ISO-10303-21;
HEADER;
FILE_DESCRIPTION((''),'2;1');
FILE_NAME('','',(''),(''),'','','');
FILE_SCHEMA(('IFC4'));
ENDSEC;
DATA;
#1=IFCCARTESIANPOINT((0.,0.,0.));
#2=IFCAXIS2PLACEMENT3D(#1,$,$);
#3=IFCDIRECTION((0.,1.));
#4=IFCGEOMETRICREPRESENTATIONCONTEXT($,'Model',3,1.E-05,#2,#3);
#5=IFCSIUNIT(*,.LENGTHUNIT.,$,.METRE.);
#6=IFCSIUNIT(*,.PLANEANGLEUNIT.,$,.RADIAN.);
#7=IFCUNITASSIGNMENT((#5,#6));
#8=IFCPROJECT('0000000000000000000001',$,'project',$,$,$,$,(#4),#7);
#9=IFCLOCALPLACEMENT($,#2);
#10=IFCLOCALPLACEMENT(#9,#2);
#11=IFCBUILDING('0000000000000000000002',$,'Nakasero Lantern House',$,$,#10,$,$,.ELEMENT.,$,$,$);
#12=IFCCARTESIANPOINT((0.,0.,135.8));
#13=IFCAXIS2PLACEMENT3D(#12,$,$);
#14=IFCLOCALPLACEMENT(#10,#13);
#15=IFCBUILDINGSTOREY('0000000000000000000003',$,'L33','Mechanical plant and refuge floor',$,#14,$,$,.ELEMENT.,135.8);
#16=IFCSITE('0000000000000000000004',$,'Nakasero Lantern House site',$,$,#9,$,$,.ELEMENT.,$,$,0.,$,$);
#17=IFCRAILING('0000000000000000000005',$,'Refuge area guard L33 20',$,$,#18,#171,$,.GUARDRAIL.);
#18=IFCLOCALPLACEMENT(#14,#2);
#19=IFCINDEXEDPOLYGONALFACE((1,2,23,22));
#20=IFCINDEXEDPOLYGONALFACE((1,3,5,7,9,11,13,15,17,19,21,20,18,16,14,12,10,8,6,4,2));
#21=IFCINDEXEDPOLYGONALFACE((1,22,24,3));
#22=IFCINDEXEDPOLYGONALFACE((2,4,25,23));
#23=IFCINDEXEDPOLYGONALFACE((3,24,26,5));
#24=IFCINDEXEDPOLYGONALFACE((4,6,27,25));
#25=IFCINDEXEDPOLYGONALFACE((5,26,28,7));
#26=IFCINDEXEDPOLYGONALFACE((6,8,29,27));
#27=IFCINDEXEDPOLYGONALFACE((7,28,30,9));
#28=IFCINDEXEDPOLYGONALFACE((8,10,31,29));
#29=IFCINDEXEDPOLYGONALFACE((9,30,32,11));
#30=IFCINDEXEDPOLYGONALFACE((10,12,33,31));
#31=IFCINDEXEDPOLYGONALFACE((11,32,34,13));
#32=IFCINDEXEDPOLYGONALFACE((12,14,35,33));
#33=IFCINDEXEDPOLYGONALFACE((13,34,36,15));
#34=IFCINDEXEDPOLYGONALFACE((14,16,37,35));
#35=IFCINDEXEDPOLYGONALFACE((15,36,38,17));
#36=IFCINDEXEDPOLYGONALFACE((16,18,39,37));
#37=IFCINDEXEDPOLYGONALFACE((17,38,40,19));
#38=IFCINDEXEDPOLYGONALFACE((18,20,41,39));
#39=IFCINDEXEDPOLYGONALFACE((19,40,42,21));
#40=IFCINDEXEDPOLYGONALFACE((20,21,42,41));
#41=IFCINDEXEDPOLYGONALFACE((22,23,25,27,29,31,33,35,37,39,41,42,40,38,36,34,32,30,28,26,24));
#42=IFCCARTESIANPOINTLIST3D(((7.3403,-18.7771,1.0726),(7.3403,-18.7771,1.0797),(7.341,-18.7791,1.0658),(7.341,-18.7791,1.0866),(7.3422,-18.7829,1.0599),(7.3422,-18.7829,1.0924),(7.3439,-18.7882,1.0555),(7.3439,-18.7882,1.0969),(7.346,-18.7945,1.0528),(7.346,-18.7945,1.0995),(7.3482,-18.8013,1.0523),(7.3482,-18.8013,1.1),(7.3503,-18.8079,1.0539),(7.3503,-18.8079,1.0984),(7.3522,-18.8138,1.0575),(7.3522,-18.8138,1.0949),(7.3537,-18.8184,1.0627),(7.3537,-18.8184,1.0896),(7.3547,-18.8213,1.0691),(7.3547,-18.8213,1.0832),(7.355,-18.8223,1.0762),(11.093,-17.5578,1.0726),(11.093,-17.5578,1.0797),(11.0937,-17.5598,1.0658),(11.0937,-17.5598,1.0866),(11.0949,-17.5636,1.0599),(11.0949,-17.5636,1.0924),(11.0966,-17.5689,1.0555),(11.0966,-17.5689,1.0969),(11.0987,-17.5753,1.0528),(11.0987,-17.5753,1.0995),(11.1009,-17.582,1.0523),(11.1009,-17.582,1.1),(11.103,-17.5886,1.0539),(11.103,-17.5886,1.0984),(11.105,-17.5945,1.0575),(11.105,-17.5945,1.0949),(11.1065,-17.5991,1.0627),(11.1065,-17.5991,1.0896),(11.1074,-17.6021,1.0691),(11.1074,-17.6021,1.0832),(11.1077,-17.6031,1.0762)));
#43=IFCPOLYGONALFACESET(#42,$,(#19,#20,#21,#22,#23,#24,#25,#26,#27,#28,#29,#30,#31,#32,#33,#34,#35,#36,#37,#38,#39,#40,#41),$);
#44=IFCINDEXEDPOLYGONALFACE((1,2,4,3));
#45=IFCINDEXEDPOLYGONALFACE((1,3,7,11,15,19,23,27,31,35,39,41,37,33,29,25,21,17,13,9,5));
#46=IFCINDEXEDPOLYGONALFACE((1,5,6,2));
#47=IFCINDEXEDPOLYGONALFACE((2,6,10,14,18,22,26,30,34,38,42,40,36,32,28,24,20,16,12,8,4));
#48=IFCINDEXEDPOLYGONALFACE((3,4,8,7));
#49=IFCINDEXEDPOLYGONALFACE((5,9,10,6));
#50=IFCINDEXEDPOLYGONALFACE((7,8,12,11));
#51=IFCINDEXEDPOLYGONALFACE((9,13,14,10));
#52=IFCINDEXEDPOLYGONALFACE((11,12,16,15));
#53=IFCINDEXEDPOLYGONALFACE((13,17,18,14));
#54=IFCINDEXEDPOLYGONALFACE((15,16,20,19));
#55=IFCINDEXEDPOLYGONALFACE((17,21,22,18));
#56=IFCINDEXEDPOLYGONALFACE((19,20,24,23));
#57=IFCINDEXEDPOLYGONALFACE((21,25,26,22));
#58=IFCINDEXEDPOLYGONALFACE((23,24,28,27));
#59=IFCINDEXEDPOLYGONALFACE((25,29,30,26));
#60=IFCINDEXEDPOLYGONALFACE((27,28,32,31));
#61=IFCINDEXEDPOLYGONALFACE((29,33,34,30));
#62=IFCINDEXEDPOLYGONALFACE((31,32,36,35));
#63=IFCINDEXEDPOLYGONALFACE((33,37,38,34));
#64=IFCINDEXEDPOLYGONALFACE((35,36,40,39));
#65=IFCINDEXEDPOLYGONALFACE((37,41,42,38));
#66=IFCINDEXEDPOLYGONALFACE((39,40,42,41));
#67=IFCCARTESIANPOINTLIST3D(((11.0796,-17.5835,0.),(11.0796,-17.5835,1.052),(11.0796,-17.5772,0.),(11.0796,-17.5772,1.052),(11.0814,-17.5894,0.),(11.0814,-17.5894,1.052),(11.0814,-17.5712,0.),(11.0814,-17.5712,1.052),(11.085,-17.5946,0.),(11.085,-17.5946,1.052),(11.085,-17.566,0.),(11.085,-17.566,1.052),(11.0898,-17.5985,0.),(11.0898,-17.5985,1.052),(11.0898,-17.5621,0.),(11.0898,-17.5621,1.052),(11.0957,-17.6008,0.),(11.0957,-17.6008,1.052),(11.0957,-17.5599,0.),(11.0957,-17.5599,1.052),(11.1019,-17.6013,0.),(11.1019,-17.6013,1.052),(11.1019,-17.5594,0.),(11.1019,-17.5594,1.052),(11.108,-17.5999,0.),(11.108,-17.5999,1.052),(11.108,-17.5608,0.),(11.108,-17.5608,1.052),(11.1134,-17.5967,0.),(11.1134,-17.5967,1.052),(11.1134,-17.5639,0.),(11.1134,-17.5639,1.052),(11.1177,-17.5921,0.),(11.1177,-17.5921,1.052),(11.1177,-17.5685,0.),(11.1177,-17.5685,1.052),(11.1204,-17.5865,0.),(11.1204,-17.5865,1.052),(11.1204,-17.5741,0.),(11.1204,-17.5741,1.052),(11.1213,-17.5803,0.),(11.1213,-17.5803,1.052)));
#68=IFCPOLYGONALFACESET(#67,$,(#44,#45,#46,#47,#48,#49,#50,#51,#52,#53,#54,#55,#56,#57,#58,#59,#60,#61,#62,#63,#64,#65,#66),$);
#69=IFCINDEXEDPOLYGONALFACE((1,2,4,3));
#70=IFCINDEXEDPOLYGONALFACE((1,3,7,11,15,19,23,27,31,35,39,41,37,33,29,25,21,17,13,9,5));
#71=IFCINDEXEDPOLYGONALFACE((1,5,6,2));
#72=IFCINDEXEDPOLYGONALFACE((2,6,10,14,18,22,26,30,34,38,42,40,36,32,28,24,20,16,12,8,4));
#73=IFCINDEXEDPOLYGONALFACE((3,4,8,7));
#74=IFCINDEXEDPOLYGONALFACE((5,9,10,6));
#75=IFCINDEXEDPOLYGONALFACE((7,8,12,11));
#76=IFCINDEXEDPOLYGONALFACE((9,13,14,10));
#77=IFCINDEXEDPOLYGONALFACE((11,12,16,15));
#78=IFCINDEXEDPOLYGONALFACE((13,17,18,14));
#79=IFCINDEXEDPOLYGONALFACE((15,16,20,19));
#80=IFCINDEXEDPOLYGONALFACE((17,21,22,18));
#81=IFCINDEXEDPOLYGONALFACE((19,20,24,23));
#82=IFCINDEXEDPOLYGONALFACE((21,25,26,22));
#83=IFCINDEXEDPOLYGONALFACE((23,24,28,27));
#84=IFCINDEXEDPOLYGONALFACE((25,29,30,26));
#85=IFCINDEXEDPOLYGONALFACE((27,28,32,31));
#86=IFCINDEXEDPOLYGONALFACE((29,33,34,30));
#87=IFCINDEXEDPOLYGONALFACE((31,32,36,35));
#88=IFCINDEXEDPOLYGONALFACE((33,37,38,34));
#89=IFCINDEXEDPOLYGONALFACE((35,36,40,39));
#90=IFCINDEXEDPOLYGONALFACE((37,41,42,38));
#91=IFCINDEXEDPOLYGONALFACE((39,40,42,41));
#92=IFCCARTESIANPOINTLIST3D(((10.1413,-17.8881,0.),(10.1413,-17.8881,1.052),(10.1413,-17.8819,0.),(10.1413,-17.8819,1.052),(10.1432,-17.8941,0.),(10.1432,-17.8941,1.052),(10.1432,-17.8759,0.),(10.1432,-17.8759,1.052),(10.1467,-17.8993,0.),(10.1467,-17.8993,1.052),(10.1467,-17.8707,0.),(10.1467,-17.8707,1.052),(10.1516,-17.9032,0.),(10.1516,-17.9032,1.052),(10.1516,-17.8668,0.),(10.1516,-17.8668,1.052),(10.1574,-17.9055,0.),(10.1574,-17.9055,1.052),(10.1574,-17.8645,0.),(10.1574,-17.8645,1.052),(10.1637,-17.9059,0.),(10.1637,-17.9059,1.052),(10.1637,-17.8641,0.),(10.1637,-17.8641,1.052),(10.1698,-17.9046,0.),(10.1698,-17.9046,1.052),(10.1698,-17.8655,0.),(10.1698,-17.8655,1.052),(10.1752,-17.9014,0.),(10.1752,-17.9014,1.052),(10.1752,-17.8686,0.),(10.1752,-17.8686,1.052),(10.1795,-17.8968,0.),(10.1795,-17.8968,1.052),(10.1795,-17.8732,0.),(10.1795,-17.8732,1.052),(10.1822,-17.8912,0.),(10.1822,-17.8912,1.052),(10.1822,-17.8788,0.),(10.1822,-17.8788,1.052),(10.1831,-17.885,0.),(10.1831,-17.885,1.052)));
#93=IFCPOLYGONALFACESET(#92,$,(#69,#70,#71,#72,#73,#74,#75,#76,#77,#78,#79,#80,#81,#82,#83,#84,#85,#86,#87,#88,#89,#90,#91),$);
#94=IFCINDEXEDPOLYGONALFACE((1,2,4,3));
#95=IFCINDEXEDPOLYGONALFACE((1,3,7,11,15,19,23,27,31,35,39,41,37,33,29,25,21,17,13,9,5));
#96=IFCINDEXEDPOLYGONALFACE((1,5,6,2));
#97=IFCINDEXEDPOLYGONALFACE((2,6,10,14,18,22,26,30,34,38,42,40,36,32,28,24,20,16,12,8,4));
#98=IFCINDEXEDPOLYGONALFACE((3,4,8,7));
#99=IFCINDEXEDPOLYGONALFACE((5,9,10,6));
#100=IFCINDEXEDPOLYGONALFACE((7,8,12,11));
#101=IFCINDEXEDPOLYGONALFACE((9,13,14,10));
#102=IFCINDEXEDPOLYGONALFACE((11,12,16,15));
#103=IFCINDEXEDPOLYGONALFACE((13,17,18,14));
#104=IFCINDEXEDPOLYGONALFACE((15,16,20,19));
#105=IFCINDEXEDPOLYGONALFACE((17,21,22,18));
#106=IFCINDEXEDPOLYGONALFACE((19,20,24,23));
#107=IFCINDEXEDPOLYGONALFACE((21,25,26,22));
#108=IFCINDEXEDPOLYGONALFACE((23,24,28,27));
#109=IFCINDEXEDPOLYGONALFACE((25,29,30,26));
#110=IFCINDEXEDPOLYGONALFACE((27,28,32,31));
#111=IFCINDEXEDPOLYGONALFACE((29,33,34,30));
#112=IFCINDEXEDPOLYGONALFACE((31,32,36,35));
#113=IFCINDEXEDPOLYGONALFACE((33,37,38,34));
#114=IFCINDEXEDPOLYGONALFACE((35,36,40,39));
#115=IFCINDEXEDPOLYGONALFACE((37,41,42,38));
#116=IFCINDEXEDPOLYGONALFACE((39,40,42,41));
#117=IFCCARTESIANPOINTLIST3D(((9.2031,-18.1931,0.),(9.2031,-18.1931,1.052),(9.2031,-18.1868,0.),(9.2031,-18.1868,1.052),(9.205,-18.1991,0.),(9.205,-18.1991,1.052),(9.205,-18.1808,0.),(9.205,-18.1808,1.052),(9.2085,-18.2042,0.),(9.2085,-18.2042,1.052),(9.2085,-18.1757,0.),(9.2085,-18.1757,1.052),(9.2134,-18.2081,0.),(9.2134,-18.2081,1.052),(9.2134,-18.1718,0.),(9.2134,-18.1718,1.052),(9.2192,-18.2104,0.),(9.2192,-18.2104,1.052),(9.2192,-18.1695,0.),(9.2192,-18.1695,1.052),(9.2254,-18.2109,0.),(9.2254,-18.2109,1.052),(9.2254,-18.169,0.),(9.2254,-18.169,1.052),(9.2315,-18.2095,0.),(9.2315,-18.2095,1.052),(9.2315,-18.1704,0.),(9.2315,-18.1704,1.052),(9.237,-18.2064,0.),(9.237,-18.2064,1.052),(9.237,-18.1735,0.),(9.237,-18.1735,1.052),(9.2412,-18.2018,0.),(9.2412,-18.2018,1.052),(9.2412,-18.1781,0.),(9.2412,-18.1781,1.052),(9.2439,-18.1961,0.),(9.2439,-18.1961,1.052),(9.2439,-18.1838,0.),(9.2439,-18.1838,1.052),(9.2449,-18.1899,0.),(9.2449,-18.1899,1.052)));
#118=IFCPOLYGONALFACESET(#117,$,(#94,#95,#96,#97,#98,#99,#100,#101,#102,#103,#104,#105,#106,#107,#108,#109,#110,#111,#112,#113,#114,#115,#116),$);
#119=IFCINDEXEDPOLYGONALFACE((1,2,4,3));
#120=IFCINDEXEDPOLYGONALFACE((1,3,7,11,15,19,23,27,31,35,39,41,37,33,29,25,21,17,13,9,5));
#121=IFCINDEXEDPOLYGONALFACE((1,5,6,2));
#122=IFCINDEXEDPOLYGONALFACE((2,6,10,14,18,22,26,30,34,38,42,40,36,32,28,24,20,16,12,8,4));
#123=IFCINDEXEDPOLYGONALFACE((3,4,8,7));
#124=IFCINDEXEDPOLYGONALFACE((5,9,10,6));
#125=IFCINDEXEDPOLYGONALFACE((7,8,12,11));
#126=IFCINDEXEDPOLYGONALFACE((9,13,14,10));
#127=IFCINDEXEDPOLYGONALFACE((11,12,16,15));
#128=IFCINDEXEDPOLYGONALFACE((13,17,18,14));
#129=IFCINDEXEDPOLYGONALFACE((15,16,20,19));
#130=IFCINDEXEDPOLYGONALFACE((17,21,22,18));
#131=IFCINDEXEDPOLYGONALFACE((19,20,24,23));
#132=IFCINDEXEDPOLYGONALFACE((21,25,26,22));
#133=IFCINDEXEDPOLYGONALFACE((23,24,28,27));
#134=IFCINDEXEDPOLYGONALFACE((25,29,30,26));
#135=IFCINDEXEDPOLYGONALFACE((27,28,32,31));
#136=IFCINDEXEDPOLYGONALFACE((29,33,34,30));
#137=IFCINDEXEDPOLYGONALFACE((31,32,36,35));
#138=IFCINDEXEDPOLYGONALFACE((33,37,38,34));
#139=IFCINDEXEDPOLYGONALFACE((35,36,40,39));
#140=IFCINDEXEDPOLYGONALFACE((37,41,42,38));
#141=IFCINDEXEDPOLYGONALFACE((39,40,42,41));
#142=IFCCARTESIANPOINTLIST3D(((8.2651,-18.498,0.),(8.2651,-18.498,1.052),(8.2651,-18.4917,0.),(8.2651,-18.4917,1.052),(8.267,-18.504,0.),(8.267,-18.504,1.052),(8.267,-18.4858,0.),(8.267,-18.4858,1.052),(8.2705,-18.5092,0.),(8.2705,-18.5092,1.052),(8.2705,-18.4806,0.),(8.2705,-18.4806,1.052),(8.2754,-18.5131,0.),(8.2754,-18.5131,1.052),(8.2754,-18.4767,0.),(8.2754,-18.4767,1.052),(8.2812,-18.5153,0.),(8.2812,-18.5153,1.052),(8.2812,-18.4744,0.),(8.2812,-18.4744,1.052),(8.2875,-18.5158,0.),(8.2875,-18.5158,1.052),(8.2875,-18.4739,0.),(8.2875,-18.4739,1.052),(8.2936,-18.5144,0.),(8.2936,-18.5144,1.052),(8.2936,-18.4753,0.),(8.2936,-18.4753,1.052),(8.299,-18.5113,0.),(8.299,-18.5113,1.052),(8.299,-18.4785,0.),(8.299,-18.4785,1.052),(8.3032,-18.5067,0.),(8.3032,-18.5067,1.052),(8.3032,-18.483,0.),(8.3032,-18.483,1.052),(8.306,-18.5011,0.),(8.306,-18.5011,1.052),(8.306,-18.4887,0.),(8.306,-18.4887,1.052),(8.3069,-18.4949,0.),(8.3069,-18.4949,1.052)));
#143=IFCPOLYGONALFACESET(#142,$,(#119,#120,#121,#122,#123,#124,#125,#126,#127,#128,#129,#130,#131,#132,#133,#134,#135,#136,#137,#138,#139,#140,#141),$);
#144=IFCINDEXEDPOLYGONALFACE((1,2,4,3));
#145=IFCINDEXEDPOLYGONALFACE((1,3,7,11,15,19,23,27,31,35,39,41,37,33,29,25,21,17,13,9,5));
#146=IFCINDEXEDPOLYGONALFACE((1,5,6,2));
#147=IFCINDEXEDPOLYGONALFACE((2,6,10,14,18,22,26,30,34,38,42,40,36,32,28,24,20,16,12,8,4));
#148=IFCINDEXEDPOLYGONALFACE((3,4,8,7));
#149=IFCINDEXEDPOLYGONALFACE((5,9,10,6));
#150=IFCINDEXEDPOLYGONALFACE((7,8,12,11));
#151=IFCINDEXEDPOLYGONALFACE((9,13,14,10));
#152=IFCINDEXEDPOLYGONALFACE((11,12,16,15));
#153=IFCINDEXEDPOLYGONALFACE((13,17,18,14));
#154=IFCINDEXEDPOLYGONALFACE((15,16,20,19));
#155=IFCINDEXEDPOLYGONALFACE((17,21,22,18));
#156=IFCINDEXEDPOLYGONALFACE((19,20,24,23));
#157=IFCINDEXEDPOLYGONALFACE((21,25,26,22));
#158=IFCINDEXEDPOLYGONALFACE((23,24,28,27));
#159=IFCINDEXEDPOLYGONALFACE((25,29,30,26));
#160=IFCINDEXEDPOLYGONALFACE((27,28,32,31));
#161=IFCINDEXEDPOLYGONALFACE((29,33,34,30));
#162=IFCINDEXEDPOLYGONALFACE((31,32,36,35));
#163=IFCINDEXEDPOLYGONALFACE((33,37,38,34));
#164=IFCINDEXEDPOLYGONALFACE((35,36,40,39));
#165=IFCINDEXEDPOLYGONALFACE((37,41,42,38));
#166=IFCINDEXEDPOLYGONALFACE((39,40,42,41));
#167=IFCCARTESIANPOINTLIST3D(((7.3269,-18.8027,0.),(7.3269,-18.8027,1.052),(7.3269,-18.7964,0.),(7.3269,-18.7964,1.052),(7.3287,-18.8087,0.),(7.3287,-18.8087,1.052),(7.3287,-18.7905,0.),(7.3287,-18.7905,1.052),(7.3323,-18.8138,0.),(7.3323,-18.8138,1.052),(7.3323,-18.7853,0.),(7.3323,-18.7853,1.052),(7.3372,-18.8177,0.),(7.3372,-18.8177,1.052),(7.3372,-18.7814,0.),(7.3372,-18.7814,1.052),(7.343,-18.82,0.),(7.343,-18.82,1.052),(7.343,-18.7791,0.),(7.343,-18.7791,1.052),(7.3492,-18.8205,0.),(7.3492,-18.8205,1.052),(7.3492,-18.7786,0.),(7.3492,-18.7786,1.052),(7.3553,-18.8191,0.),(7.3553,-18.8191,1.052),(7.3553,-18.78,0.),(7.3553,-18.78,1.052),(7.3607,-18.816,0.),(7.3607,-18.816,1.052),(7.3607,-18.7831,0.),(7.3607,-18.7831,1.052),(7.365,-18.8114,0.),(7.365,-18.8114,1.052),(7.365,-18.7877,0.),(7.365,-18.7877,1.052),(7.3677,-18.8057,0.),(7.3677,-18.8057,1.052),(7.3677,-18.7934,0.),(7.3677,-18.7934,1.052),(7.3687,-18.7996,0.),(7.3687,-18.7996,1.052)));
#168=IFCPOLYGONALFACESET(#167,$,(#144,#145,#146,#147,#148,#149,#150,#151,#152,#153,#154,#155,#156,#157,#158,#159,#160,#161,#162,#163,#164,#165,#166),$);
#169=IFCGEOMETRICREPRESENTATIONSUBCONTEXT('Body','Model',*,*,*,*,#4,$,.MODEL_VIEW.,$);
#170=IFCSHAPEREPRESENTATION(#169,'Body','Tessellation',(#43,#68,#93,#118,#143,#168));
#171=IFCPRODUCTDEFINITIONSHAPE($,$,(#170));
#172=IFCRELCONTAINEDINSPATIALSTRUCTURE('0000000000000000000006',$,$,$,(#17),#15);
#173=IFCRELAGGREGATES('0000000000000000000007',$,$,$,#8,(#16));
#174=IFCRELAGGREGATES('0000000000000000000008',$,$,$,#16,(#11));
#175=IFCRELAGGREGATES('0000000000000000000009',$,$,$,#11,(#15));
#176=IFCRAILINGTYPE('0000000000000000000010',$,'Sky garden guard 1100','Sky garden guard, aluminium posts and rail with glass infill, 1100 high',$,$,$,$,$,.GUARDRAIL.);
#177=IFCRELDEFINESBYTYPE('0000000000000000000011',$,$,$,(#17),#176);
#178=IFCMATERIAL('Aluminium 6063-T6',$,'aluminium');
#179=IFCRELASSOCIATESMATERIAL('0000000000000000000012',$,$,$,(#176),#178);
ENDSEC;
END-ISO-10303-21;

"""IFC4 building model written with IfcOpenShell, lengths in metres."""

from ifc_helpers import new_model, si_unit, direction, frame, origin, origin_2d, place, context, subcontext, project, spatial, circle, extrude, material, type_object, element, save


model = new_model("IFC4")

# Units and contexts
model_context = context("Model", 3, precision=1e-05, world=origin(), true_north=direction((0.0, 1.0)))
body_context = subcontext(model_context, "Body", "Model", "MODEL_VIEW")
ifc_project = project(units=[si_unit("LENGTHUNIT", "METRE"), si_unit("PLANEANGLEUNIT", "RADIAN")], contexts=[model_context])

# Site, building, storey
site_placement = place(None, origin())
site = spatial("IfcSite", under=ifc_project, at=site_placement, Name="Nakasero Lantern House site", CompositionType="ELEMENT", RefElevation=0.0)
building_placement = place(site_placement, origin())
building = spatial("IfcBuilding", under=site, at=building_placement, Name="Nakasero Lantern House", CompositionType="ELEMENT")
storey_placement = place(building_placement, frame((0.0, 0.0, 135.8)))
storey = spatial("IfcBuildingStorey", under=building, at=storey_placement, Name="L33", Description="Mechanical plant and refuge floor", CompositionType="ELEMENT", Elevation=135.8)

# Railing
ifc_material_1 = material(Name="Aluminium 6063-T6", Category="aluminium")
railing_type = type_object("IfcRailingType", Name="Sky garden guard 1100", Description="Sky garden guard, aluminium posts and rail with glass infill, 1100 high", PredefinedType="GUARDRAIL", material=ifc_material_1)
railing_1_placement = place(storey_placement, frame((11.1003, -17.5803, 0.0)))
element("IfcRailing", 1, at=railing_1_placement, inside=storey, type_object=railing_type, Name="Refuge area guard L33 20", PredefinedType="GUARDRAIL", context=body_context, shape_type="SweptSolid", body=[
    extrude(circle(Radius=0.0239, at=origin_2d()), frame((0.0, 0.0, 1.0762), z_axis=(-0.951063, -0.308998, 0.0), x_axis=(0.308998, -0.951063, 0.0)), (0.0, 0.0, 1.0), 3.9458),
    extrude(circle(Radius=0.021, at=origin_2d()), origin(), (0.0, 0.0, 1.0), 1.052),
    extrude(circle(Radius=0.021, at=origin_2d()), frame((-0.9382, -0.3047, 0.0)), (0.0, 0.0, 1.0), 1.052),
    extrude(circle(Radius=0.021, at=origin_2d()), frame((-1.8765, -0.6096, 0.0)), (0.0, 0.0, 1.0), 1.052),
    extrude(circle(Radius=0.021, at=origin_2d()), frame((-2.8145, -0.9146, 0.0)), (0.0, 0.0, 1.0), 1.052),
    extrude(circle(Radius=0.021, at=origin_2d()), frame((-3.7527, -1.2192, 0.0)), (0.0, 0.0, 1.0), 1.052),
])

save(model, "model.ifc")
